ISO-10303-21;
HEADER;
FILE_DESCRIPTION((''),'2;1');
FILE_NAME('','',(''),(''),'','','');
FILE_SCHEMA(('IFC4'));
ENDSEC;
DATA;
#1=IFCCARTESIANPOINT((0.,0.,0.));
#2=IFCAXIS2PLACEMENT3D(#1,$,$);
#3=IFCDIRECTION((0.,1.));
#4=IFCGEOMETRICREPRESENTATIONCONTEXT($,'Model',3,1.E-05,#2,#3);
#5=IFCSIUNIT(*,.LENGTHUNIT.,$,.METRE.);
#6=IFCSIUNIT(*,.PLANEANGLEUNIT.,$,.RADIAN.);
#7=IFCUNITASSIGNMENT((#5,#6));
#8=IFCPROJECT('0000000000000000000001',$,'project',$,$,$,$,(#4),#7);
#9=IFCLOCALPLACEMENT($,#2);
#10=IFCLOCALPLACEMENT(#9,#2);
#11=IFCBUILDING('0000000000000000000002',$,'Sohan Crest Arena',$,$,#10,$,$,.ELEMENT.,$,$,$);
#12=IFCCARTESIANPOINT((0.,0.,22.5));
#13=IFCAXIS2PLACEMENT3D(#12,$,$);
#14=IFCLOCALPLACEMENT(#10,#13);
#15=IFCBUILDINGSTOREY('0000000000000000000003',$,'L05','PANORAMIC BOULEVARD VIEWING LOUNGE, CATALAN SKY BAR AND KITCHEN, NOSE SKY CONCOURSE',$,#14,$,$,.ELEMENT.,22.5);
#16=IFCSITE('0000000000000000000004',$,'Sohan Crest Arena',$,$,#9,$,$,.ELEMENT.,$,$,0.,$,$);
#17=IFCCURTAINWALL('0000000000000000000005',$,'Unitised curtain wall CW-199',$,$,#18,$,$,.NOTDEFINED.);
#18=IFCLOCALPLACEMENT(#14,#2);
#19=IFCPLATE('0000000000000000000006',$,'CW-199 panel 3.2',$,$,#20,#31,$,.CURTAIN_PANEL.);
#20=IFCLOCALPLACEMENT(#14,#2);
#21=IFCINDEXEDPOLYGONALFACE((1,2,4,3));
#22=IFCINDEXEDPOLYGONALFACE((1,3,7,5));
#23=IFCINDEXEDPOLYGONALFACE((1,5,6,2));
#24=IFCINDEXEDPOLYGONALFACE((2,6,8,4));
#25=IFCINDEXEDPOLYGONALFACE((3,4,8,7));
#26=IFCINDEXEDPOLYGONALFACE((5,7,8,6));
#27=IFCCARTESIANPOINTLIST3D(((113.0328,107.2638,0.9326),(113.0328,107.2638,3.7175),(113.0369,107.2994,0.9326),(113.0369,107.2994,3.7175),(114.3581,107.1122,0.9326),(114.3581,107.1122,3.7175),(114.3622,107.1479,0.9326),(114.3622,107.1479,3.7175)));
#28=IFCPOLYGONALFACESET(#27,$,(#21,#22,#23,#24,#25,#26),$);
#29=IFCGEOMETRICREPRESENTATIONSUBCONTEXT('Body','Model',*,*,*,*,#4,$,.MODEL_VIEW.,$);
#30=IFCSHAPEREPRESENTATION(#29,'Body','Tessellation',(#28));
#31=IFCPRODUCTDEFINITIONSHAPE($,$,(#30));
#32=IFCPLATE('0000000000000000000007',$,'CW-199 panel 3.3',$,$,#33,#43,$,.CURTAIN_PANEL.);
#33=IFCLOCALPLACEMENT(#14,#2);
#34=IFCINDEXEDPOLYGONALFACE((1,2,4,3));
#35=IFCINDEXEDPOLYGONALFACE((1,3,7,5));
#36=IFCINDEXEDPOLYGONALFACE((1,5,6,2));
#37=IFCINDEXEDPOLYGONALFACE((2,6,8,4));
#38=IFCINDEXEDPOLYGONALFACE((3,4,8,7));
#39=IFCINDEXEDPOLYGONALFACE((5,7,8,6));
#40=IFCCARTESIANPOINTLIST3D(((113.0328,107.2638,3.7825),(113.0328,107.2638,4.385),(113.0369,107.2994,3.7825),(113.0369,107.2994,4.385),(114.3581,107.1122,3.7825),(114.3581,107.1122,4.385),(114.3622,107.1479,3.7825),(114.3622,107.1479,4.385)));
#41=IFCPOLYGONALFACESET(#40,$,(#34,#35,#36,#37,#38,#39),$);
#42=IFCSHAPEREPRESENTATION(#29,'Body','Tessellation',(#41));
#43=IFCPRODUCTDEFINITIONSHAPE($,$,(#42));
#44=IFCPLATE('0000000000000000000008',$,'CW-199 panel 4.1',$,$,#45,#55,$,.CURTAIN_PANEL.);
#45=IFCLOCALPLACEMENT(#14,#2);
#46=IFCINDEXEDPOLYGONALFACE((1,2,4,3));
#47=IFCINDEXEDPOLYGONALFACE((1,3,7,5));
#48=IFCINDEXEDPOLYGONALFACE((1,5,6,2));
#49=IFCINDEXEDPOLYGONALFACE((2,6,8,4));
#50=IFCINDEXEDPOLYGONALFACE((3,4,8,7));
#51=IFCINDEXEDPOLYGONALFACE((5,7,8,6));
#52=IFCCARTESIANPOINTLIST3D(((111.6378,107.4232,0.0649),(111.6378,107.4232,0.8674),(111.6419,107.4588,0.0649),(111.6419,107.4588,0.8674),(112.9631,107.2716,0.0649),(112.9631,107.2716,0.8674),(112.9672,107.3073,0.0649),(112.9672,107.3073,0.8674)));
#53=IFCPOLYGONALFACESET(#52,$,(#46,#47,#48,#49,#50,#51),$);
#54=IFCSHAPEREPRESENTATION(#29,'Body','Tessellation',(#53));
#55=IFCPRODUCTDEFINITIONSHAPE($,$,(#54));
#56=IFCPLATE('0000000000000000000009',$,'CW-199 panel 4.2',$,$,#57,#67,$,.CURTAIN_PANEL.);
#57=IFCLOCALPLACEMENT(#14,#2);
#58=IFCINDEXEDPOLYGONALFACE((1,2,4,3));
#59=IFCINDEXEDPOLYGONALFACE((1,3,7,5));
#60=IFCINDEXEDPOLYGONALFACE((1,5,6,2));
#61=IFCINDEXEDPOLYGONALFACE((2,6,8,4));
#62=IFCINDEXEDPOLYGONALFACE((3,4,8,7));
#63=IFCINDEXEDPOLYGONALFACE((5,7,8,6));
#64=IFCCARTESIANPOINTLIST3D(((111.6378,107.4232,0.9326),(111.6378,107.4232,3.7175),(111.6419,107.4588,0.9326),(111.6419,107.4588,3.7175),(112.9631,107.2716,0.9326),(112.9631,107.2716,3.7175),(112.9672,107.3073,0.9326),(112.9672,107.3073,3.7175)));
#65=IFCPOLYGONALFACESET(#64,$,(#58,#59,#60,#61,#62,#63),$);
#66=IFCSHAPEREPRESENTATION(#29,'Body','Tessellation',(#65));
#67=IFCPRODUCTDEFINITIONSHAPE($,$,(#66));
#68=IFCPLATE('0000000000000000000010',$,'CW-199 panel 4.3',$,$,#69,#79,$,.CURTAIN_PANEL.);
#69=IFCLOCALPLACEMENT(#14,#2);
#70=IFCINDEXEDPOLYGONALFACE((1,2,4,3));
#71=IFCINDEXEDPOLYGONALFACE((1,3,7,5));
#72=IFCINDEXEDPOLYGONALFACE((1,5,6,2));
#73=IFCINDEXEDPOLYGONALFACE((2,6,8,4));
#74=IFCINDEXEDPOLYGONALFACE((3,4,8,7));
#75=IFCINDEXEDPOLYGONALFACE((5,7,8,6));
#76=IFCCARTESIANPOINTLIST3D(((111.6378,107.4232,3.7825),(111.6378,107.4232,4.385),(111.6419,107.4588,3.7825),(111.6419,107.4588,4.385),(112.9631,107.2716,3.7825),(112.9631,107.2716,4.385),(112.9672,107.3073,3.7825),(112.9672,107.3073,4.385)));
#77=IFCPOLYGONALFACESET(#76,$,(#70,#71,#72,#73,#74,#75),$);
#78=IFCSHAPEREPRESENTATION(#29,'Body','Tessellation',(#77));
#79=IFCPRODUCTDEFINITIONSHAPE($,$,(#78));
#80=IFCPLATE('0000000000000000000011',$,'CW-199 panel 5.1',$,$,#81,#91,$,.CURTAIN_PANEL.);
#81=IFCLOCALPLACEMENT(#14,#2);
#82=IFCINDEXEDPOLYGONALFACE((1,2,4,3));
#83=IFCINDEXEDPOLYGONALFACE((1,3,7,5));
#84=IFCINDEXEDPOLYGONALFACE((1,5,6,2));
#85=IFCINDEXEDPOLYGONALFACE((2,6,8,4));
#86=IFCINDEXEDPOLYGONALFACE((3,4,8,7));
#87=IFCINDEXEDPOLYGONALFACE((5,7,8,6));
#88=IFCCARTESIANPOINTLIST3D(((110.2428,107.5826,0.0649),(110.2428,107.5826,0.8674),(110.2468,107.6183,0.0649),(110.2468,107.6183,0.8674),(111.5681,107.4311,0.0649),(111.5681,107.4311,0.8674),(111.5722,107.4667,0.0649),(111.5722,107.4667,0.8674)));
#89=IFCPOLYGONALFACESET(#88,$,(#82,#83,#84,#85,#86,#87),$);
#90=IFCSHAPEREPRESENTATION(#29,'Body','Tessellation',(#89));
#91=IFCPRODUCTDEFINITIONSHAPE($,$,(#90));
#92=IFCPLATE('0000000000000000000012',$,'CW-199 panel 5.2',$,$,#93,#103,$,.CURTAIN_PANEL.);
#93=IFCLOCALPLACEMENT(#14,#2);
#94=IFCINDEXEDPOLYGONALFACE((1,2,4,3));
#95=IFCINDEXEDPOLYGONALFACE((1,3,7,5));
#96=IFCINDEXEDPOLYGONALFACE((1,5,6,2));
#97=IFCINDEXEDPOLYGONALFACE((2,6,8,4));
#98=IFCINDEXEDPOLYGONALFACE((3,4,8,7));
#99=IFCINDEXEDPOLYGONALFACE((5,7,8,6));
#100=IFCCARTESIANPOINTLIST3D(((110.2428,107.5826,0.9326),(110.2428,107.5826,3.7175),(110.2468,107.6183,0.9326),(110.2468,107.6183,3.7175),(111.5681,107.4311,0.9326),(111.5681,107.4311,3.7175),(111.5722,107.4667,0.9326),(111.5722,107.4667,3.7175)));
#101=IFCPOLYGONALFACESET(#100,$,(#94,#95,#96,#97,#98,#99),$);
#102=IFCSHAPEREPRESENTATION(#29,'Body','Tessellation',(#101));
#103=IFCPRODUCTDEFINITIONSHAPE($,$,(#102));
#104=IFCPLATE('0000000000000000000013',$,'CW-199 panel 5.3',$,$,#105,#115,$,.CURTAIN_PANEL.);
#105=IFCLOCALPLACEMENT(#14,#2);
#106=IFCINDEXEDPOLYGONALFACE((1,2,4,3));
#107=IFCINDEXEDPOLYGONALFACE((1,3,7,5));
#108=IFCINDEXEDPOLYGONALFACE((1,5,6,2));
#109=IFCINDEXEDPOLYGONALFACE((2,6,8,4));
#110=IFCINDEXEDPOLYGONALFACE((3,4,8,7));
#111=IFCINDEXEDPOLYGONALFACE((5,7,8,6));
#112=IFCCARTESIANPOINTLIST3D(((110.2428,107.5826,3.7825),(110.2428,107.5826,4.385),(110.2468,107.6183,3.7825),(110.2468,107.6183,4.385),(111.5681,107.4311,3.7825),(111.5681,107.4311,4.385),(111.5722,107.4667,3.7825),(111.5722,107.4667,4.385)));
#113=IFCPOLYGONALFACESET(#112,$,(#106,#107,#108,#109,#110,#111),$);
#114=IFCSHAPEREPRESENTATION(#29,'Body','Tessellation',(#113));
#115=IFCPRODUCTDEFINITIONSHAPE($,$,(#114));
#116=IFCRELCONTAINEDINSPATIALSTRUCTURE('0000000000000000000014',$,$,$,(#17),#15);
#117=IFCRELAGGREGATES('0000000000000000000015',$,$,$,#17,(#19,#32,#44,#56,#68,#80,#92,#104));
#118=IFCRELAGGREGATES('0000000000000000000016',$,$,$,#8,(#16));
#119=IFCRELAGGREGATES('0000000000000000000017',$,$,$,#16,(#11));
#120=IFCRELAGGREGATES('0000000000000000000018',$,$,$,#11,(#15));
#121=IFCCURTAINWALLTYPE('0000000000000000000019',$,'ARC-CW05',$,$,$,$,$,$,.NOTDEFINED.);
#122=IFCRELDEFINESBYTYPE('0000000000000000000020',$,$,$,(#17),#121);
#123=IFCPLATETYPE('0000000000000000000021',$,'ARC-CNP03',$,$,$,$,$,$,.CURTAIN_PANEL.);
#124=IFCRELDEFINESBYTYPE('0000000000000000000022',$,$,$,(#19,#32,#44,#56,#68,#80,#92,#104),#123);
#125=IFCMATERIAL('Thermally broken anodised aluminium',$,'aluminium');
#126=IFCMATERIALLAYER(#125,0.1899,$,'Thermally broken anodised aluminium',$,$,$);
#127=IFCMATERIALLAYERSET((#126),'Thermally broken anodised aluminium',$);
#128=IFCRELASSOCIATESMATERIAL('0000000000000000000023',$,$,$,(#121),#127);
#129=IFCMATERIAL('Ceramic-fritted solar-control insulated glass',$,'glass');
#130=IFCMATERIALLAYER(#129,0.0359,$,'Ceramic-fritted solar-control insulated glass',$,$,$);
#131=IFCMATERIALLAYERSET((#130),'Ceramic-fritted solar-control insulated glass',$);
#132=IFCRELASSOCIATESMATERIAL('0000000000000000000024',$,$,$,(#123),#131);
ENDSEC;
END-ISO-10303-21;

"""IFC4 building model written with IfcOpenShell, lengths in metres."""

from ifc_helpers import new_model, si_unit, direction, frame, origin, origin_2d, place, context, subcontext, project, spatial, rectangle, extrude, material, layer, layer_set, type_object, element, aggregate, save


model = new_model("IFC4")

# Units and contexts
model_context = context("Model", 3, precision=1e-05, world=origin(), true_north=direction((0.0, 1.0)))
body_context = subcontext(model_context, "Body", "Model", "MODEL_VIEW")
ifc_project = project(units=[si_unit("LENGTHUNIT", "METRE"), si_unit("PLANEANGLEUNIT", "RADIAN")], contexts=[model_context])

# Site, building, storey
site_placement = place(None, origin())
site = spatial("IfcSite", under=ifc_project, at=site_placement, Name="Sohan Crest Arena", CompositionType="ELEMENT", RefElevation=0.0)
building_placement = place(site_placement, origin())
building = spatial("IfcBuilding", under=site, at=building_placement, Name="Sohan Crest Arena", CompositionType="ELEMENT")
storey_placement = place(building_placement, frame((0.0, 0.0, 22.5)))
storey = spatial("IfcBuildingStorey", under=building, at=storey_placement, Name="L05", Description="PANORAMIC BOULEVARD VIEWING LOUNGE, CATALAN SKY BAR AND KITCHEN, NOSE SKY CONCOURSE", CompositionType="ELEMENT", Elevation=22.5)

# Curtain wall, plates
ifc_material_1 = material(Name="Thermally broken anodised aluminium", Category="aluminium")
ifc_layer_1 = layer(ifc_material_1, 0.1899, Name="Thermally broken anodised aluminium")
ifc_layer_set_1 = layer_set([ifc_layer_1], Name="Thermally broken anodised aluminium")
curtain_wall_type = type_object("IfcCurtainWallType", Name="ARC-CW05", PredefinedType="NOTDEFINED", material=ifc_layer_set_1)
curtain_wall_placement = place(storey_placement, origin())
curtain_wall = element("IfcCurtainWall", 1, at=curtain_wall_placement, inside=storey, type_object=curtain_wall_type, Name="Unitised curtain wall CW-199", PredefinedType="NOTDEFINED")
ifc_material_2 = material(Name="Ceramic-fritted solar-control insulated glass", Category="glass")
ifc_layer_2 = layer(ifc_material_2, 0.0359, Name="Ceramic-fritted solar-control insulated glass")
ifc_layer_set_2 = layer_set([ifc_layer_2], Name="Ceramic-fritted solar-control insulated glass")
plate_type = type_object("IfcPlateType", Name="ARC-CNP03", PredefinedType="CURTAIN_PANEL", material=ifc_layer_set_2)
plate_1_placement = place(storey_placement, frame((113.6975, 107.2058, 0.9326), z_axis=(0.0, 0.0, 1.0), x_axis=(-0.993527, 0.113597, 0.0)))
plate_1 = element("IfcPlate", 2, at=plate_1_placement, type_object=plate_type, Name="CW-199 panel 3.2", PredefinedType="CURTAIN_PANEL", context=body_context, shape_type="SweptSolid", body=[
    extrude(rectangle(XDim=1.334, YDim=0.0359, at=origin_2d()), origin(), (0.0, 0.0, 1.0), 2.7849),
])
plate_2_placement = place(storey_placement, frame((113.6975, 107.2058, 3.7825), z_axis=(0.0, 0.0, 1.0), x_axis=(-0.993527, 0.113597, 0.0)))
plate_2 = element("IfcPlate", 3, at=plate_2_placement, type_object=plate_type, Name="CW-199 panel 3.3", PredefinedType="CURTAIN_PANEL", context=body_context, shape_type="SweptSolid", body=[
    extrude(rectangle(XDim=1.334, YDim=0.0359, at=origin_2d()), origin(), (0.0, 0.0, 1.0), 0.6025),
])
plate_3_placement = place(storey_placement, frame((112.3025, 107.3652, 0.0649), z_axis=(0.0, 0.0, 1.0), x_axis=(-0.993527, 0.113597, 0.0)))
plate_3 = element("IfcPlate", 4, at=plate_3_placement, type_object=plate_type, Name="CW-199 panel 4.1", PredefinedType="CURTAIN_PANEL", context=body_context, shape_type="SweptSolid", body=[
    extrude(rectangle(XDim=1.334, YDim=0.0359, at=origin_2d()), origin(), (0.0, 0.0, 1.0), 0.8025),
])
plate_4_placement = place(storey_placement, frame((112.3025, 107.3652, 0.9326), z_axis=(0.0, 0.0, 1.0), x_axis=(-0.993527, 0.113597, 0.0)))
plate_4 = element("IfcPlate", 5, at=plate_4_placement, type_object=plate_type, Name="CW-199 panel 4.2", PredefinedType="CURTAIN_PANEL", context=body_context, shape_type="SweptSolid", body=[
    extrude(rectangle(XDim=1.334, YDim=0.0359, at=origin_2d()), origin(), (0.0, 0.0, 1.0), 2.7849),
])
plate_5_placement = place(storey_placement, frame((112.3025, 107.3652, 3.7825), z_axis=(0.0, 0.0, 1.0), x_axis=(-0.993527, 0.113597, 0.0)))
plate_5 = element("IfcPlate", 6, at=plate_5_placement, type_object=plate_type, Name="CW-199 panel 4.3", PredefinedType="CURTAIN_PANEL", context=body_context, shape_type="SweptSolid", body=[
    extrude(rectangle(XDim=1.334, YDim=0.0359, at=origin_2d()), origin(), (0.0, 0.0, 1.0), 0.6025),
])
plate_6_placement = place(storey_placement, frame((110.9075, 107.5247, 0.0649), z_axis=(0.0, 0.0, 1.0), x_axis=(-0.993527, 0.113597, 0.0)))
plate_6 = element("IfcPlate", 7, at=plate_6_placement, type_object=plate_type, Name="CW-199 panel 5.1", PredefinedType="CURTAIN_PANEL", context=body_context, shape_type="SweptSolid", body=[
    extrude(rectangle(XDim=1.334, YDim=0.0359, at=origin_2d()), origin(), (0.0, 0.0, 1.0), 0.8025),
])
plate_7_placement = place(storey_placement, frame((110.9075, 107.5247, 0.9326), z_axis=(0.0, 0.0, 1.0), x_axis=(-0.993527, 0.113597, 0.0)))
plate_7 = element("IfcPlate", 8, at=plate_7_placement, type_object=plate_type, Name="CW-199 panel 5.2", PredefinedType="CURTAIN_PANEL", context=body_context, shape_type="SweptSolid", body=[
    extrude(rectangle(XDim=1.334, YDim=0.0359, at=origin_2d()), origin(), (0.0, 0.0, 1.0), 2.7849),
])
plate_8_placement = place(storey_placement, frame((110.9075, 107.5247, 3.7825), z_axis=(0.0, 0.0, 1.0), x_axis=(-0.993527, 0.113597, 0.0)))
plate_8 = element("IfcPlate", 9, at=plate_8_placement, type_object=plate_type, Name="CW-199 panel 5.3", PredefinedType="CURTAIN_PANEL", context=body_context, shape_type="SweptSolid", body=[
    extrude(rectangle(XDim=1.334, YDim=0.0359, at=origin_2d()), origin(), (0.0, 0.0, 1.0), 0.6025),
])
aggregate(curtain_wall, [plate_1, plate_2, plate_3, plate_4, plate_5, plate_6, plate_7, plate_8])

save(model, "model.ifc")
